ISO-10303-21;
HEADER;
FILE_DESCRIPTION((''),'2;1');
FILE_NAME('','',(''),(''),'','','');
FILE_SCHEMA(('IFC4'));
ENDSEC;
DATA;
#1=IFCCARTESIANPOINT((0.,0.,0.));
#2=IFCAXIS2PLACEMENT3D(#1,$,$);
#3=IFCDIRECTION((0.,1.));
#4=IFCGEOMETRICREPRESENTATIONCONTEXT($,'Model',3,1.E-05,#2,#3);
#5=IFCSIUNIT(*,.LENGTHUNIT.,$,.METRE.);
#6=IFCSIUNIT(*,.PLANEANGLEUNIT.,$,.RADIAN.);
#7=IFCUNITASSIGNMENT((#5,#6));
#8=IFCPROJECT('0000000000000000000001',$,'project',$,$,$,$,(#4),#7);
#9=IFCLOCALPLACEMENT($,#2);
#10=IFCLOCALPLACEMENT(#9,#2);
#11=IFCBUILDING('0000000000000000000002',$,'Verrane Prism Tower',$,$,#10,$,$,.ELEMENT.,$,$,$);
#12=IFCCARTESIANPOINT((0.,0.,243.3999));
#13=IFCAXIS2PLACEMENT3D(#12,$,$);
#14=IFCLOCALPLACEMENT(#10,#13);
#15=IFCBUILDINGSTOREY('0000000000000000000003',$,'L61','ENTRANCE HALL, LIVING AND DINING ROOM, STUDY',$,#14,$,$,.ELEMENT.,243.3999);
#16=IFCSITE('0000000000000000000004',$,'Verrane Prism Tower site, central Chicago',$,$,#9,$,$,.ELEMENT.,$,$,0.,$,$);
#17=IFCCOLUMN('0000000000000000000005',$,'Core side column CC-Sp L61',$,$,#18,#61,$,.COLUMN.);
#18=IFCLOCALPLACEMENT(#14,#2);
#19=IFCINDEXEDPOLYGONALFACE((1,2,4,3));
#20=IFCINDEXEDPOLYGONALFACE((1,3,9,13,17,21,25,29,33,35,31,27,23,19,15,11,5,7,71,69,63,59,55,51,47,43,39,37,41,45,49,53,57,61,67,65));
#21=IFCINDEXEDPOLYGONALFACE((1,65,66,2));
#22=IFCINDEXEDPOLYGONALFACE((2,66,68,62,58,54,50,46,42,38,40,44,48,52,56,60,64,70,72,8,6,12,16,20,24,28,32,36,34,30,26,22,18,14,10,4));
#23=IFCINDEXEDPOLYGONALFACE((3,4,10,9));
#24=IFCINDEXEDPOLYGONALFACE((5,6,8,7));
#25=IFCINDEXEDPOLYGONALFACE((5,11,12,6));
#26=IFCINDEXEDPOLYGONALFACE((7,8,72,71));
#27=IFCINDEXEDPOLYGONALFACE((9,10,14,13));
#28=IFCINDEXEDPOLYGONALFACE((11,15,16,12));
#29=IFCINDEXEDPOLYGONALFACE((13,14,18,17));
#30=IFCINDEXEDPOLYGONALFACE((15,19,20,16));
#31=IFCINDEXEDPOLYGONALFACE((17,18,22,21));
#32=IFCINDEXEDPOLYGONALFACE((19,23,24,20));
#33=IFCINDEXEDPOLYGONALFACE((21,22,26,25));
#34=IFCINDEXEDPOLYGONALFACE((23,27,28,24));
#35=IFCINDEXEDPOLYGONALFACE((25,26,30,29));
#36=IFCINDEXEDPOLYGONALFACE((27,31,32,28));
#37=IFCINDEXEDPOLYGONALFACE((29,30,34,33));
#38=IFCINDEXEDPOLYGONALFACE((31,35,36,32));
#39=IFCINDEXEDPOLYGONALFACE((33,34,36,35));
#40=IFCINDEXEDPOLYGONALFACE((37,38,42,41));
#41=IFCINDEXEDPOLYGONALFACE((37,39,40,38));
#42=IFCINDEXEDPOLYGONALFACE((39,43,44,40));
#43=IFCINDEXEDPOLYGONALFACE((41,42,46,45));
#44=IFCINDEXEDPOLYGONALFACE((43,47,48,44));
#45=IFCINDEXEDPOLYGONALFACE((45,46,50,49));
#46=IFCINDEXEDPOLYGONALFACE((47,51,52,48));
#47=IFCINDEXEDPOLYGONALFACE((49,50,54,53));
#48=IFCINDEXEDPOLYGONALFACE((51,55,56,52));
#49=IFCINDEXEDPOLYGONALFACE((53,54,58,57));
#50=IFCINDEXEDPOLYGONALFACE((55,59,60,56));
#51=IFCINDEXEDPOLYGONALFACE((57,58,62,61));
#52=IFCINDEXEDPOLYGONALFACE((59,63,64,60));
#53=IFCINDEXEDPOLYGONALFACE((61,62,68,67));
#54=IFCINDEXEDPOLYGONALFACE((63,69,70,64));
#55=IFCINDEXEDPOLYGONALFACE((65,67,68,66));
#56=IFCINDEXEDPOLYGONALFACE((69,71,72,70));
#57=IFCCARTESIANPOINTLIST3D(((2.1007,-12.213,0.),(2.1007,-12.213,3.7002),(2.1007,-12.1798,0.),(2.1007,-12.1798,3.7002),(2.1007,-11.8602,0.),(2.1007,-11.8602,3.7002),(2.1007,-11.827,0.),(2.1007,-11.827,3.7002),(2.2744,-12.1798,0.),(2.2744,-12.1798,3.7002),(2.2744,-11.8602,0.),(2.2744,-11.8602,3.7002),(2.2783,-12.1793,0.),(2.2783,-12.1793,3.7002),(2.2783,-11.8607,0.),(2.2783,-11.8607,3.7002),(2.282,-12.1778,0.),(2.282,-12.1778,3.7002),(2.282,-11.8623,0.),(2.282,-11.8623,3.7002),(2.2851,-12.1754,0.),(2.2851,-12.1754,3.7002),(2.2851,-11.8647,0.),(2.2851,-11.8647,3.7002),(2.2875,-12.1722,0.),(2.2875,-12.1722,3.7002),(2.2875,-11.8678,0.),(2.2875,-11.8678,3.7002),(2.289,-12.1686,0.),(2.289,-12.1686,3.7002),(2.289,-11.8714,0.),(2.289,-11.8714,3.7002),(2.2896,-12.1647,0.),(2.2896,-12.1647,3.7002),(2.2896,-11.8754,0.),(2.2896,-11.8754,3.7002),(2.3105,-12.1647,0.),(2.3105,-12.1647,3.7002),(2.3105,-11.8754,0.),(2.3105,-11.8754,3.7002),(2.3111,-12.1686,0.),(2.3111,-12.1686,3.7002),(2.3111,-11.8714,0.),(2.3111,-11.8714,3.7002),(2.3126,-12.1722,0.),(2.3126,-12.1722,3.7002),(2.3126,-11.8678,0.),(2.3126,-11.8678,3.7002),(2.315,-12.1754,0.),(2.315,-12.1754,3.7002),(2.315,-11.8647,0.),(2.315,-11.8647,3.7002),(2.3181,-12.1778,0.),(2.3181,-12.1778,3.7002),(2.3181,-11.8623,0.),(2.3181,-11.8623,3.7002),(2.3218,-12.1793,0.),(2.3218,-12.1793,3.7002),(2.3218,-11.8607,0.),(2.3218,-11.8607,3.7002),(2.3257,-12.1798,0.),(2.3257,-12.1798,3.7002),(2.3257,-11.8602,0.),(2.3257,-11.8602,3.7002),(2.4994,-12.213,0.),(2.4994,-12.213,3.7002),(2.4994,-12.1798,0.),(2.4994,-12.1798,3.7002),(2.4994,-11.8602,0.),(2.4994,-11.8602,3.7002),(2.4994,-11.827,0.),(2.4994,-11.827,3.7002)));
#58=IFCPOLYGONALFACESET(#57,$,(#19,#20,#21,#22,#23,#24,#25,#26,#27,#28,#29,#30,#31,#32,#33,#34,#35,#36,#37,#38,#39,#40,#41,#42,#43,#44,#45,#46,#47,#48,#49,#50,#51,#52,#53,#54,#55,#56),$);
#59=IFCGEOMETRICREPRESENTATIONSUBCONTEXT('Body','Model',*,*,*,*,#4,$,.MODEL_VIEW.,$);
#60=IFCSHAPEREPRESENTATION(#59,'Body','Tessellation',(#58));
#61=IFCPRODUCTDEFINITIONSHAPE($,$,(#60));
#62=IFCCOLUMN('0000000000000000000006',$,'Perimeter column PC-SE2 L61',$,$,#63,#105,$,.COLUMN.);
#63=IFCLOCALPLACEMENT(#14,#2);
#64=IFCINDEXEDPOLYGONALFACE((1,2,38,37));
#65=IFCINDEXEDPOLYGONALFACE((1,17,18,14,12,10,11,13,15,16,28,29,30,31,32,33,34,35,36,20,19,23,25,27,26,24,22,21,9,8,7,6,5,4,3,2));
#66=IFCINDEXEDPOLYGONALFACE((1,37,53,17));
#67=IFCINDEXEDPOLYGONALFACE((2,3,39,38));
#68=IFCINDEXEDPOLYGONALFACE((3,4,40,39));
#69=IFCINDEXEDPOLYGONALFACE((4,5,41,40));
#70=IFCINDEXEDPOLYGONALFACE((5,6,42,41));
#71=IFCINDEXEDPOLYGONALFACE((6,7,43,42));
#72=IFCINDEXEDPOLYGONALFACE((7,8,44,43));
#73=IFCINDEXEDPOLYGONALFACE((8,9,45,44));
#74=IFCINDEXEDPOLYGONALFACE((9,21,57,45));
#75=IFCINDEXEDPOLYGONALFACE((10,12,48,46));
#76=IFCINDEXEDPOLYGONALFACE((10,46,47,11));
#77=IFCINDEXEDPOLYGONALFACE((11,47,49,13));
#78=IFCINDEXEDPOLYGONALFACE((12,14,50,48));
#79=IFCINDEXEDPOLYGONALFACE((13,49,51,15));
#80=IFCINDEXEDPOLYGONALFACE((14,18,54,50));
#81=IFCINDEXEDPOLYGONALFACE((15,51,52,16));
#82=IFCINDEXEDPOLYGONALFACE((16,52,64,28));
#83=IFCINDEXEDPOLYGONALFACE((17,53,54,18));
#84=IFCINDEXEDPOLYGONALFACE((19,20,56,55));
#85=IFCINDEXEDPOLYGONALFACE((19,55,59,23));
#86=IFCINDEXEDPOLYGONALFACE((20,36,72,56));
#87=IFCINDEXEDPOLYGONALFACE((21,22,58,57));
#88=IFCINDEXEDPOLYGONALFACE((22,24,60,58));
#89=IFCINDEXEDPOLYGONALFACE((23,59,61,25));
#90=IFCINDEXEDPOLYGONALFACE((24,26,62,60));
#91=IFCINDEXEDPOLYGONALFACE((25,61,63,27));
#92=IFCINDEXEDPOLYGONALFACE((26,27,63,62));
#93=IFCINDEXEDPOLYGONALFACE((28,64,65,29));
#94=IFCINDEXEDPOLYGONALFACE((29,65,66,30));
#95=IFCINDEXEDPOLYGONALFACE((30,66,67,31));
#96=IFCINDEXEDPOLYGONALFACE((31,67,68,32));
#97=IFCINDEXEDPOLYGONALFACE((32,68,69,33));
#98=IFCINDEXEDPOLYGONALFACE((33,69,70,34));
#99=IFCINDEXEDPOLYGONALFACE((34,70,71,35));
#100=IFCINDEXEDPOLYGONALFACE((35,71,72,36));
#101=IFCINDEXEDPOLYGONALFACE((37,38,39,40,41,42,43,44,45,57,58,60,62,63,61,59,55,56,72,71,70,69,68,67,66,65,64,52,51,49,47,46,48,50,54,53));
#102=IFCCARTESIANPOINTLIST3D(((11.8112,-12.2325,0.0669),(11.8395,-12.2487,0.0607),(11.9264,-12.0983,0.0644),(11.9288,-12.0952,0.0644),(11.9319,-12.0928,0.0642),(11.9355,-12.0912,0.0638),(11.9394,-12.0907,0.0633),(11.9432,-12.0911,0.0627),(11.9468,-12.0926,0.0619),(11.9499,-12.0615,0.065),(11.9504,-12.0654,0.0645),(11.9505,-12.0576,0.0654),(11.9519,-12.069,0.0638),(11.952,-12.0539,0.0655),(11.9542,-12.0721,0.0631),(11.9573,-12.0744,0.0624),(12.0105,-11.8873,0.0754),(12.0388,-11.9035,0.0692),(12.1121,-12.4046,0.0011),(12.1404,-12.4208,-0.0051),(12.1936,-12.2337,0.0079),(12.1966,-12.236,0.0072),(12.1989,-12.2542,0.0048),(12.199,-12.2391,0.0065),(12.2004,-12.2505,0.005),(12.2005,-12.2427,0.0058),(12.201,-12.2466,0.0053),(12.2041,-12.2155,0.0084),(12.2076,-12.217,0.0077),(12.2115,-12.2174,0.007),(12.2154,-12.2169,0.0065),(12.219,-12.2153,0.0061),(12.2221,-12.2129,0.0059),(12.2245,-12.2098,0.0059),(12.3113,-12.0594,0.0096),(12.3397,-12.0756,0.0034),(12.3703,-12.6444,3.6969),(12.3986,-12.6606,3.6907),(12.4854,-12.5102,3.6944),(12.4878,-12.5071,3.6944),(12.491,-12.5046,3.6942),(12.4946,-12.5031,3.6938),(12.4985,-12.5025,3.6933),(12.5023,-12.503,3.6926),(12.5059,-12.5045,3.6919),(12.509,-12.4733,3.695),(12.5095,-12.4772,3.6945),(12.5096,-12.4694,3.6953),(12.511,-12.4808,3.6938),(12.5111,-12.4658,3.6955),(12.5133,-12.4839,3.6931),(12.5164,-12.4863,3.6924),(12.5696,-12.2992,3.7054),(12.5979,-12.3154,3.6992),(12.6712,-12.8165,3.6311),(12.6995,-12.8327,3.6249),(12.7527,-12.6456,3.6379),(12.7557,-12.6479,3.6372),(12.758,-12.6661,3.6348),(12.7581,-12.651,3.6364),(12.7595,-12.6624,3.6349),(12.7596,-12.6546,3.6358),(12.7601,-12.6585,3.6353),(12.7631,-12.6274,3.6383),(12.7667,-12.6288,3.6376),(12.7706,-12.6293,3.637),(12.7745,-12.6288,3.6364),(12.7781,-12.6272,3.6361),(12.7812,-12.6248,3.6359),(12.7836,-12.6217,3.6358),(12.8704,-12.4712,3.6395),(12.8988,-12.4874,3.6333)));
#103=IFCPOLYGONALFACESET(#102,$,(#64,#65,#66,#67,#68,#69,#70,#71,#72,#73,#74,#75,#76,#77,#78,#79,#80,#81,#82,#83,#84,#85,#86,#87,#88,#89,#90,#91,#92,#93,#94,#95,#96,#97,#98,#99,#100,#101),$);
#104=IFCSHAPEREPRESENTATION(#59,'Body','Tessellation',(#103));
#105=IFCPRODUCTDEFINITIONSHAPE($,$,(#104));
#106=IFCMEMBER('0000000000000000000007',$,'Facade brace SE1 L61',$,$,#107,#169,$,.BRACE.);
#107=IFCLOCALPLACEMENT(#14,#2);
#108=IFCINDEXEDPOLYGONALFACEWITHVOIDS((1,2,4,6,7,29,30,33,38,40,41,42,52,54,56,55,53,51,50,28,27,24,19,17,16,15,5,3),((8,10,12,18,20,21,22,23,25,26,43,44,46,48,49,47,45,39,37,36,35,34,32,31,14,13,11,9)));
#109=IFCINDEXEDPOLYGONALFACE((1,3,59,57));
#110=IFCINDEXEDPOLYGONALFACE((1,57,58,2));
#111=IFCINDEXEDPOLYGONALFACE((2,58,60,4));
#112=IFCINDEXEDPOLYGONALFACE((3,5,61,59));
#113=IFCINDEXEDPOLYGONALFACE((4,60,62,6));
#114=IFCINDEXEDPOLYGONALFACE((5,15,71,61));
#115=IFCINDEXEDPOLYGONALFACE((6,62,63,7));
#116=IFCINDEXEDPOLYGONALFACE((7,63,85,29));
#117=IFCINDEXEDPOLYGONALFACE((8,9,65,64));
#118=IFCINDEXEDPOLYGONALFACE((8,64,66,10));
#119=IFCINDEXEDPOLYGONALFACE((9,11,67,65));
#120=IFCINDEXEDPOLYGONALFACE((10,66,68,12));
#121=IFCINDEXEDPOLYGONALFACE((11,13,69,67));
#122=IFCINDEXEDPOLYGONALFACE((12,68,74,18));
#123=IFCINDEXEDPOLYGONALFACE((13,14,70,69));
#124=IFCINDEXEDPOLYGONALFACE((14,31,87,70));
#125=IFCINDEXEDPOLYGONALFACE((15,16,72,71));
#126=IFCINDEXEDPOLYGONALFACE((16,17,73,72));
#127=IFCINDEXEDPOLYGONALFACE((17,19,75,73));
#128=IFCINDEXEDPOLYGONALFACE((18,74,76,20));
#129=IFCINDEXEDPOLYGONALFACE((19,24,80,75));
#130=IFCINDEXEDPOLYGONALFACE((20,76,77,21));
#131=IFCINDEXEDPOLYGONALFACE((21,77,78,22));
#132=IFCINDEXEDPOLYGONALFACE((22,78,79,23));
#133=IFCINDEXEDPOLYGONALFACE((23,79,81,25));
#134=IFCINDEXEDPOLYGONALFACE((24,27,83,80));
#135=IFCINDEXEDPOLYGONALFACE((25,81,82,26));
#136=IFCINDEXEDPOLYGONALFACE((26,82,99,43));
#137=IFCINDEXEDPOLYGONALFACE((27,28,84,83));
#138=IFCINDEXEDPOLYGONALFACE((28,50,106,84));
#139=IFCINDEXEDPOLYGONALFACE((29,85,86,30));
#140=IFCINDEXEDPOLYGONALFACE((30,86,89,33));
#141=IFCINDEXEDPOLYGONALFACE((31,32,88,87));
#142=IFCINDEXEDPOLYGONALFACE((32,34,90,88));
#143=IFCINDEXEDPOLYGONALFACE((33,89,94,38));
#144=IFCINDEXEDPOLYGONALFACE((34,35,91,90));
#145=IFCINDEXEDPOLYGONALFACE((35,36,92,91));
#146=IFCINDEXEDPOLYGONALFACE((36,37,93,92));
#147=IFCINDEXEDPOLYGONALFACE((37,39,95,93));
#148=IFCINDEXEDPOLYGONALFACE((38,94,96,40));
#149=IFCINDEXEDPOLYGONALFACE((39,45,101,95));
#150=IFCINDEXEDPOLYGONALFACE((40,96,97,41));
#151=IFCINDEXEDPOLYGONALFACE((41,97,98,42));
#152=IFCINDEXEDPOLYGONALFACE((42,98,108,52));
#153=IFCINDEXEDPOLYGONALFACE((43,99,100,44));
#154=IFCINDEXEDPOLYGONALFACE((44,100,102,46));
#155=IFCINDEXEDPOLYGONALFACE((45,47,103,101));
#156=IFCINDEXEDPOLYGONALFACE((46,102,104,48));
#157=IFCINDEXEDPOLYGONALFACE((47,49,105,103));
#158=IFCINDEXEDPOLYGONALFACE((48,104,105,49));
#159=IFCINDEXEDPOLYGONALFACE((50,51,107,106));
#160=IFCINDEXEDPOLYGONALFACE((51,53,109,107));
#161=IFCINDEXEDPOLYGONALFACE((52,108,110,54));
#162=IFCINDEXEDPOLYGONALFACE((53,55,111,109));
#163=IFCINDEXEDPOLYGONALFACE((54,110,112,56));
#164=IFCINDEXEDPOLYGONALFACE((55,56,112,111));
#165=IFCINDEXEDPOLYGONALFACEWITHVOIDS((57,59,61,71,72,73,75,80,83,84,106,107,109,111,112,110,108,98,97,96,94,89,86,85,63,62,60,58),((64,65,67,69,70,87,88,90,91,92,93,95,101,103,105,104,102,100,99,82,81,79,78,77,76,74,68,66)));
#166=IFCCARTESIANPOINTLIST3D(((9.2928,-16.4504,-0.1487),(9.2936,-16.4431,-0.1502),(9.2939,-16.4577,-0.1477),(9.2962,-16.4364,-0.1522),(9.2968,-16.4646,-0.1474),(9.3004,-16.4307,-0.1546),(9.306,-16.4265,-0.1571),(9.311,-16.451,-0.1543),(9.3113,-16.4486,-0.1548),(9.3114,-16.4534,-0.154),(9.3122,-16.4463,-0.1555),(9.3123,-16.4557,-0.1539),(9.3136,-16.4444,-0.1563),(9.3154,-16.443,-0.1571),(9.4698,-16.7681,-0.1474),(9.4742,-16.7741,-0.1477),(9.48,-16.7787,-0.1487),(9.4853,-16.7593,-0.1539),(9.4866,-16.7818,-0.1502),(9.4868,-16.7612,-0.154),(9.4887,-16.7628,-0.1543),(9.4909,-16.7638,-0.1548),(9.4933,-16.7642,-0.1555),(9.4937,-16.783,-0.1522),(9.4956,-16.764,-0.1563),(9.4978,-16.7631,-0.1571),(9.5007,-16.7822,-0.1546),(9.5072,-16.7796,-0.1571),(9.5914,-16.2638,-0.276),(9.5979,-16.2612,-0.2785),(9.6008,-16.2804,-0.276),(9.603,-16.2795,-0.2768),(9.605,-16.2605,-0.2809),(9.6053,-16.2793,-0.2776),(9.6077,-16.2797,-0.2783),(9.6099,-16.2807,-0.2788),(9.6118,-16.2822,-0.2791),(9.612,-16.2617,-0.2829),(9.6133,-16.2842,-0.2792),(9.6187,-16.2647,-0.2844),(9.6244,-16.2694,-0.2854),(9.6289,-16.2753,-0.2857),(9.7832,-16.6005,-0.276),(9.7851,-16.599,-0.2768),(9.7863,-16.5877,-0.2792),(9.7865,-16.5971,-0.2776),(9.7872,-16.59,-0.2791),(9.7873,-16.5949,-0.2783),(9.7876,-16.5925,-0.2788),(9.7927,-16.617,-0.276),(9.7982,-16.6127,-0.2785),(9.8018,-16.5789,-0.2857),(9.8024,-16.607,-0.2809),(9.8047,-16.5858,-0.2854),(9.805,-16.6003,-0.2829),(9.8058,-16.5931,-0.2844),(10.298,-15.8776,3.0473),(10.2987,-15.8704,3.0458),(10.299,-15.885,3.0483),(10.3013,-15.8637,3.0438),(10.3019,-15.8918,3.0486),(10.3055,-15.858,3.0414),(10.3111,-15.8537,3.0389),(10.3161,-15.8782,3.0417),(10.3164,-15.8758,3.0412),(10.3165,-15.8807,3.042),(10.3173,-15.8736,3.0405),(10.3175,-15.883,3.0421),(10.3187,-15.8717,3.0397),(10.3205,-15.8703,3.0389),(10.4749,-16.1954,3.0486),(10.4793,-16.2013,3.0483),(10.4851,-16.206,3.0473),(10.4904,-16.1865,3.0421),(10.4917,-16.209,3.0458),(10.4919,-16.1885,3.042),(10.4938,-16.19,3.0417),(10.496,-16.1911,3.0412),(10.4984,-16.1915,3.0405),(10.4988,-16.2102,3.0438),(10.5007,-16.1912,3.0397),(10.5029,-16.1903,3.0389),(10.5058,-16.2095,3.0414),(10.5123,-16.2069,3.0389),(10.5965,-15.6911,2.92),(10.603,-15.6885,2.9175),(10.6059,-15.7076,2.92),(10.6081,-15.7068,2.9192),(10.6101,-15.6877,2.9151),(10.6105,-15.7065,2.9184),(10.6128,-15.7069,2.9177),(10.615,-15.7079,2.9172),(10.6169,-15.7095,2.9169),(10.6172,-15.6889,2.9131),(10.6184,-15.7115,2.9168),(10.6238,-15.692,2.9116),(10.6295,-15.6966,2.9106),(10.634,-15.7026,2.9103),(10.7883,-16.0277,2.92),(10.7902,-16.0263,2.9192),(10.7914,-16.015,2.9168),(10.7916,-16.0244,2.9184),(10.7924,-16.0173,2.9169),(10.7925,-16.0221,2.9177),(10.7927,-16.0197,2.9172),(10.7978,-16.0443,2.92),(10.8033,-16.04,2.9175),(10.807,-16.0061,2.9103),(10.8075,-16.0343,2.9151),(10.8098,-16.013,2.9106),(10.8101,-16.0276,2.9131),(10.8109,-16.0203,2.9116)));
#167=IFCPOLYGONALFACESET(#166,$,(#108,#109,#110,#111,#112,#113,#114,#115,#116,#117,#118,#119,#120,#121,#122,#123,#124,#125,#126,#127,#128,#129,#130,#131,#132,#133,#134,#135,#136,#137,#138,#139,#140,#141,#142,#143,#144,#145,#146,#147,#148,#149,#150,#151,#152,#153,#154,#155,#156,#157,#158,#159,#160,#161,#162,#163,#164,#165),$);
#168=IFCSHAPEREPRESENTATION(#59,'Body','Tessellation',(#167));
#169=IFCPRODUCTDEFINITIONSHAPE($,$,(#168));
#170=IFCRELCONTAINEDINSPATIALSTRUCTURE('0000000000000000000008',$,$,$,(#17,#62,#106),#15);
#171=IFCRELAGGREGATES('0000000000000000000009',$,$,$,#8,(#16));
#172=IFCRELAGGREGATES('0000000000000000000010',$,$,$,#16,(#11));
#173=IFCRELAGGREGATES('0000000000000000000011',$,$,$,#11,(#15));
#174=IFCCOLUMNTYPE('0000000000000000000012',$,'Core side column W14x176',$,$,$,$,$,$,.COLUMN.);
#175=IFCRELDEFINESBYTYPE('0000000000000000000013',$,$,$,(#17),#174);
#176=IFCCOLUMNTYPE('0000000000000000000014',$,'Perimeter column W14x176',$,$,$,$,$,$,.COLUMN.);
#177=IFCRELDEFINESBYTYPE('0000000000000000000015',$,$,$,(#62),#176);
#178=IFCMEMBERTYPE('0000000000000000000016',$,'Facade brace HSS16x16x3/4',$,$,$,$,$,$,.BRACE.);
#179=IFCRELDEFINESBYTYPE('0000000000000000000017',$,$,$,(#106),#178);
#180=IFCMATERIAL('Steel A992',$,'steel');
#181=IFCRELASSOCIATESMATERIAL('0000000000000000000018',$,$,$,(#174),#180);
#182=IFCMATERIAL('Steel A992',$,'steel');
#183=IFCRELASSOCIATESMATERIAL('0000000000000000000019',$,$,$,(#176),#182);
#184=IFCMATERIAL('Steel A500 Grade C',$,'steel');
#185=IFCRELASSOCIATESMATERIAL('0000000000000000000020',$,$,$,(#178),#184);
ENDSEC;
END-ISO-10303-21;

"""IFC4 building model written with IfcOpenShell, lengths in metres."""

from ifc_helpers import new_model, si_unit, direction, frame, origin, origin_2d, place, context, subcontext, project, spatial, hollow_rectangle, i_section, extrude, material, material_profile, profile_set, type_object, element, save


model = new_model("IFC4")

# Units and contexts
model_context = context("Model", 3, precision=1e-05, world=origin(), true_north=direction((0.0, 1.0)))
body_context = subcontext(model_context, "Body", "Model", "MODEL_VIEW")
ifc_project = project(units=[si_unit("LENGTHUNIT", "METRE"), si_unit("PLANEANGLEUNIT", "RADIAN")], contexts=[model_context])

# Site, building, storey
site_placement = place(None, origin())
site = spatial("IfcSite", under=ifc_project, at=site_placement, Name="Verrane Prism Tower site, central Chicago", CompositionType="ELEMENT", RefElevation=0.0)
building_placement = place(site_placement, origin())
building = spatial("IfcBuilding", under=site, at=building_placement, Name="Verrane Prism Tower", CompositionType="ELEMENT")
storey_placement = place(building_placement, frame((0.0, 0.0, 243.3999)))
storey = spatial("IfcBuildingStorey", under=building, at=storey_placement, Name="L61", Description="ENTRANCE HALL, LIVING AND DINING ROOM, STUDY", CompositionType="ELEMENT", Elevation=243.3999)

# Columns
ifc_material_1 = material(Name="Steel A992", Category="steel")
ifc_material_profile_1 = material_profile(ifc_material_1, i_section(OverallWidth=0.3987, OverallDepth=0.386, WebThickness=0.021, FlangeThickness=0.0332, FilletRadius=0.0151, at=origin_2d()), Name="W14x176")
ifc_profile_set_1 = profile_set([ifc_material_profile_1], Name="Steel A992")
column_type_1 = type_object("IfcColumnType", Name="Core side column W14x176", PredefinedType="COLUMN", material=ifc_profile_set_1)
column_1_placement = place(storey_placement, frame((2.3, -12.02, 0.0), z_axis=(0.0, 0.0, 1.0), x_axis=(1.0, 0.0, 0.0)))
element("IfcColumn", 1, at=column_1_placement, inside=storey, type_object=column_type_1, Name="Core side column CC-Sp L61", PredefinedType="COLUMN", context=body_context, shape_type="SweptSolid", body=[
    extrude(i_section(OverallWidth=0.3987, OverallDepth=0.386, WebThickness=0.021, FlangeThickness=0.0332, FilletRadius=0.0151, at=origin_2d()), origin(), (0.0, 0.0, 1.0), 3.7002),
])
ifc_material_2 = material(Name="Steel A992", Category="steel")
ifc_material_profile_2 = material_profile(ifc_material_2, i_section(OverallWidth=0.3987, OverallDepth=0.386, WebThickness=0.021, FlangeThickness=0.0332, FilletRadius=0.0151, at=origin_2d()), Name="W14x176")
ifc_profile_set_2 = profile_set([ifc_material_profile_2], Name="Steel A992")
column_type_2 = type_object("IfcColumnType", Name="Perimeter column W14x176", PredefinedType="COLUMN", material=ifc_profile_set_2)
column_2_placement = place(storey_placement, frame((12.0754, -12.1541, 0.0352), z_axis=(0.151279, -0.111444, 0.982189), x_axis=(-0.499796, -0.865882, -0.021268)))
element("IfcColumn", 2, at=column_2_placement, inside=storey, type_object=column_type_2, Name="Perimeter column PC-SE2 L61", PredefinedType="COLUMN", context=body_context, shape_type="SweptSolid", body=[
    extrude(i_section(OverallWidth=0.3987, OverallDepth=0.386, WebThickness=0.021, FlangeThickness=0.0332, FilletRadius=0.0151, at=origin_2d()), origin(), (0.0, 0.0, 1.0), 3.6958),
])

# Member
ifc_material_3 = material(Name="Steel A500 Grade C", Category="steel")
ifc_material_profile_3 = material_profile(ifc_material_3, hollow_rectangle(XDim=0.4065, YDim=0.4065, WallThickness=0.019, InnerFilletRadius=0.0095, OuterFilletRadius=0.0286, at=origin_2d()), Name="HSS16x16x3/4")
ifc_profile_set_3 = profile_set([ifc_material_profile_3], Name="Steel A500 Grade C")
member_type_1 = type_object("IfcMemberType", Name="Facade brace HSS16x16x3/4", PredefinedType="BRACE", material=ifc_profile_set_3)
member_1_placement = place(storey_placement, frame((9.5493, -16.5217, -0.2166), z_axis=(0.295715, 0.168508, 0.940297), x_axis=(-0.495093, 0.86884, 0.0)))
element("IfcMember", 3, at=member_1_placement, inside=storey, type_object=member_type_1, Name="Facade brace SE1 L61", PredefinedType="BRACE", context=body_context, shape_type="SweptSolid", body=[
    extrude(hollow_rectangle(XDim=0.4065, YDim=0.4065, WallThickness=0.019, InnerFilletRadius=0.0095, OuterFilletRadius=0.0286, at=origin_2d()), origin(), (0.0, 0.0, 1.0), 3.3989),
])

save(model, "model.ifc")
